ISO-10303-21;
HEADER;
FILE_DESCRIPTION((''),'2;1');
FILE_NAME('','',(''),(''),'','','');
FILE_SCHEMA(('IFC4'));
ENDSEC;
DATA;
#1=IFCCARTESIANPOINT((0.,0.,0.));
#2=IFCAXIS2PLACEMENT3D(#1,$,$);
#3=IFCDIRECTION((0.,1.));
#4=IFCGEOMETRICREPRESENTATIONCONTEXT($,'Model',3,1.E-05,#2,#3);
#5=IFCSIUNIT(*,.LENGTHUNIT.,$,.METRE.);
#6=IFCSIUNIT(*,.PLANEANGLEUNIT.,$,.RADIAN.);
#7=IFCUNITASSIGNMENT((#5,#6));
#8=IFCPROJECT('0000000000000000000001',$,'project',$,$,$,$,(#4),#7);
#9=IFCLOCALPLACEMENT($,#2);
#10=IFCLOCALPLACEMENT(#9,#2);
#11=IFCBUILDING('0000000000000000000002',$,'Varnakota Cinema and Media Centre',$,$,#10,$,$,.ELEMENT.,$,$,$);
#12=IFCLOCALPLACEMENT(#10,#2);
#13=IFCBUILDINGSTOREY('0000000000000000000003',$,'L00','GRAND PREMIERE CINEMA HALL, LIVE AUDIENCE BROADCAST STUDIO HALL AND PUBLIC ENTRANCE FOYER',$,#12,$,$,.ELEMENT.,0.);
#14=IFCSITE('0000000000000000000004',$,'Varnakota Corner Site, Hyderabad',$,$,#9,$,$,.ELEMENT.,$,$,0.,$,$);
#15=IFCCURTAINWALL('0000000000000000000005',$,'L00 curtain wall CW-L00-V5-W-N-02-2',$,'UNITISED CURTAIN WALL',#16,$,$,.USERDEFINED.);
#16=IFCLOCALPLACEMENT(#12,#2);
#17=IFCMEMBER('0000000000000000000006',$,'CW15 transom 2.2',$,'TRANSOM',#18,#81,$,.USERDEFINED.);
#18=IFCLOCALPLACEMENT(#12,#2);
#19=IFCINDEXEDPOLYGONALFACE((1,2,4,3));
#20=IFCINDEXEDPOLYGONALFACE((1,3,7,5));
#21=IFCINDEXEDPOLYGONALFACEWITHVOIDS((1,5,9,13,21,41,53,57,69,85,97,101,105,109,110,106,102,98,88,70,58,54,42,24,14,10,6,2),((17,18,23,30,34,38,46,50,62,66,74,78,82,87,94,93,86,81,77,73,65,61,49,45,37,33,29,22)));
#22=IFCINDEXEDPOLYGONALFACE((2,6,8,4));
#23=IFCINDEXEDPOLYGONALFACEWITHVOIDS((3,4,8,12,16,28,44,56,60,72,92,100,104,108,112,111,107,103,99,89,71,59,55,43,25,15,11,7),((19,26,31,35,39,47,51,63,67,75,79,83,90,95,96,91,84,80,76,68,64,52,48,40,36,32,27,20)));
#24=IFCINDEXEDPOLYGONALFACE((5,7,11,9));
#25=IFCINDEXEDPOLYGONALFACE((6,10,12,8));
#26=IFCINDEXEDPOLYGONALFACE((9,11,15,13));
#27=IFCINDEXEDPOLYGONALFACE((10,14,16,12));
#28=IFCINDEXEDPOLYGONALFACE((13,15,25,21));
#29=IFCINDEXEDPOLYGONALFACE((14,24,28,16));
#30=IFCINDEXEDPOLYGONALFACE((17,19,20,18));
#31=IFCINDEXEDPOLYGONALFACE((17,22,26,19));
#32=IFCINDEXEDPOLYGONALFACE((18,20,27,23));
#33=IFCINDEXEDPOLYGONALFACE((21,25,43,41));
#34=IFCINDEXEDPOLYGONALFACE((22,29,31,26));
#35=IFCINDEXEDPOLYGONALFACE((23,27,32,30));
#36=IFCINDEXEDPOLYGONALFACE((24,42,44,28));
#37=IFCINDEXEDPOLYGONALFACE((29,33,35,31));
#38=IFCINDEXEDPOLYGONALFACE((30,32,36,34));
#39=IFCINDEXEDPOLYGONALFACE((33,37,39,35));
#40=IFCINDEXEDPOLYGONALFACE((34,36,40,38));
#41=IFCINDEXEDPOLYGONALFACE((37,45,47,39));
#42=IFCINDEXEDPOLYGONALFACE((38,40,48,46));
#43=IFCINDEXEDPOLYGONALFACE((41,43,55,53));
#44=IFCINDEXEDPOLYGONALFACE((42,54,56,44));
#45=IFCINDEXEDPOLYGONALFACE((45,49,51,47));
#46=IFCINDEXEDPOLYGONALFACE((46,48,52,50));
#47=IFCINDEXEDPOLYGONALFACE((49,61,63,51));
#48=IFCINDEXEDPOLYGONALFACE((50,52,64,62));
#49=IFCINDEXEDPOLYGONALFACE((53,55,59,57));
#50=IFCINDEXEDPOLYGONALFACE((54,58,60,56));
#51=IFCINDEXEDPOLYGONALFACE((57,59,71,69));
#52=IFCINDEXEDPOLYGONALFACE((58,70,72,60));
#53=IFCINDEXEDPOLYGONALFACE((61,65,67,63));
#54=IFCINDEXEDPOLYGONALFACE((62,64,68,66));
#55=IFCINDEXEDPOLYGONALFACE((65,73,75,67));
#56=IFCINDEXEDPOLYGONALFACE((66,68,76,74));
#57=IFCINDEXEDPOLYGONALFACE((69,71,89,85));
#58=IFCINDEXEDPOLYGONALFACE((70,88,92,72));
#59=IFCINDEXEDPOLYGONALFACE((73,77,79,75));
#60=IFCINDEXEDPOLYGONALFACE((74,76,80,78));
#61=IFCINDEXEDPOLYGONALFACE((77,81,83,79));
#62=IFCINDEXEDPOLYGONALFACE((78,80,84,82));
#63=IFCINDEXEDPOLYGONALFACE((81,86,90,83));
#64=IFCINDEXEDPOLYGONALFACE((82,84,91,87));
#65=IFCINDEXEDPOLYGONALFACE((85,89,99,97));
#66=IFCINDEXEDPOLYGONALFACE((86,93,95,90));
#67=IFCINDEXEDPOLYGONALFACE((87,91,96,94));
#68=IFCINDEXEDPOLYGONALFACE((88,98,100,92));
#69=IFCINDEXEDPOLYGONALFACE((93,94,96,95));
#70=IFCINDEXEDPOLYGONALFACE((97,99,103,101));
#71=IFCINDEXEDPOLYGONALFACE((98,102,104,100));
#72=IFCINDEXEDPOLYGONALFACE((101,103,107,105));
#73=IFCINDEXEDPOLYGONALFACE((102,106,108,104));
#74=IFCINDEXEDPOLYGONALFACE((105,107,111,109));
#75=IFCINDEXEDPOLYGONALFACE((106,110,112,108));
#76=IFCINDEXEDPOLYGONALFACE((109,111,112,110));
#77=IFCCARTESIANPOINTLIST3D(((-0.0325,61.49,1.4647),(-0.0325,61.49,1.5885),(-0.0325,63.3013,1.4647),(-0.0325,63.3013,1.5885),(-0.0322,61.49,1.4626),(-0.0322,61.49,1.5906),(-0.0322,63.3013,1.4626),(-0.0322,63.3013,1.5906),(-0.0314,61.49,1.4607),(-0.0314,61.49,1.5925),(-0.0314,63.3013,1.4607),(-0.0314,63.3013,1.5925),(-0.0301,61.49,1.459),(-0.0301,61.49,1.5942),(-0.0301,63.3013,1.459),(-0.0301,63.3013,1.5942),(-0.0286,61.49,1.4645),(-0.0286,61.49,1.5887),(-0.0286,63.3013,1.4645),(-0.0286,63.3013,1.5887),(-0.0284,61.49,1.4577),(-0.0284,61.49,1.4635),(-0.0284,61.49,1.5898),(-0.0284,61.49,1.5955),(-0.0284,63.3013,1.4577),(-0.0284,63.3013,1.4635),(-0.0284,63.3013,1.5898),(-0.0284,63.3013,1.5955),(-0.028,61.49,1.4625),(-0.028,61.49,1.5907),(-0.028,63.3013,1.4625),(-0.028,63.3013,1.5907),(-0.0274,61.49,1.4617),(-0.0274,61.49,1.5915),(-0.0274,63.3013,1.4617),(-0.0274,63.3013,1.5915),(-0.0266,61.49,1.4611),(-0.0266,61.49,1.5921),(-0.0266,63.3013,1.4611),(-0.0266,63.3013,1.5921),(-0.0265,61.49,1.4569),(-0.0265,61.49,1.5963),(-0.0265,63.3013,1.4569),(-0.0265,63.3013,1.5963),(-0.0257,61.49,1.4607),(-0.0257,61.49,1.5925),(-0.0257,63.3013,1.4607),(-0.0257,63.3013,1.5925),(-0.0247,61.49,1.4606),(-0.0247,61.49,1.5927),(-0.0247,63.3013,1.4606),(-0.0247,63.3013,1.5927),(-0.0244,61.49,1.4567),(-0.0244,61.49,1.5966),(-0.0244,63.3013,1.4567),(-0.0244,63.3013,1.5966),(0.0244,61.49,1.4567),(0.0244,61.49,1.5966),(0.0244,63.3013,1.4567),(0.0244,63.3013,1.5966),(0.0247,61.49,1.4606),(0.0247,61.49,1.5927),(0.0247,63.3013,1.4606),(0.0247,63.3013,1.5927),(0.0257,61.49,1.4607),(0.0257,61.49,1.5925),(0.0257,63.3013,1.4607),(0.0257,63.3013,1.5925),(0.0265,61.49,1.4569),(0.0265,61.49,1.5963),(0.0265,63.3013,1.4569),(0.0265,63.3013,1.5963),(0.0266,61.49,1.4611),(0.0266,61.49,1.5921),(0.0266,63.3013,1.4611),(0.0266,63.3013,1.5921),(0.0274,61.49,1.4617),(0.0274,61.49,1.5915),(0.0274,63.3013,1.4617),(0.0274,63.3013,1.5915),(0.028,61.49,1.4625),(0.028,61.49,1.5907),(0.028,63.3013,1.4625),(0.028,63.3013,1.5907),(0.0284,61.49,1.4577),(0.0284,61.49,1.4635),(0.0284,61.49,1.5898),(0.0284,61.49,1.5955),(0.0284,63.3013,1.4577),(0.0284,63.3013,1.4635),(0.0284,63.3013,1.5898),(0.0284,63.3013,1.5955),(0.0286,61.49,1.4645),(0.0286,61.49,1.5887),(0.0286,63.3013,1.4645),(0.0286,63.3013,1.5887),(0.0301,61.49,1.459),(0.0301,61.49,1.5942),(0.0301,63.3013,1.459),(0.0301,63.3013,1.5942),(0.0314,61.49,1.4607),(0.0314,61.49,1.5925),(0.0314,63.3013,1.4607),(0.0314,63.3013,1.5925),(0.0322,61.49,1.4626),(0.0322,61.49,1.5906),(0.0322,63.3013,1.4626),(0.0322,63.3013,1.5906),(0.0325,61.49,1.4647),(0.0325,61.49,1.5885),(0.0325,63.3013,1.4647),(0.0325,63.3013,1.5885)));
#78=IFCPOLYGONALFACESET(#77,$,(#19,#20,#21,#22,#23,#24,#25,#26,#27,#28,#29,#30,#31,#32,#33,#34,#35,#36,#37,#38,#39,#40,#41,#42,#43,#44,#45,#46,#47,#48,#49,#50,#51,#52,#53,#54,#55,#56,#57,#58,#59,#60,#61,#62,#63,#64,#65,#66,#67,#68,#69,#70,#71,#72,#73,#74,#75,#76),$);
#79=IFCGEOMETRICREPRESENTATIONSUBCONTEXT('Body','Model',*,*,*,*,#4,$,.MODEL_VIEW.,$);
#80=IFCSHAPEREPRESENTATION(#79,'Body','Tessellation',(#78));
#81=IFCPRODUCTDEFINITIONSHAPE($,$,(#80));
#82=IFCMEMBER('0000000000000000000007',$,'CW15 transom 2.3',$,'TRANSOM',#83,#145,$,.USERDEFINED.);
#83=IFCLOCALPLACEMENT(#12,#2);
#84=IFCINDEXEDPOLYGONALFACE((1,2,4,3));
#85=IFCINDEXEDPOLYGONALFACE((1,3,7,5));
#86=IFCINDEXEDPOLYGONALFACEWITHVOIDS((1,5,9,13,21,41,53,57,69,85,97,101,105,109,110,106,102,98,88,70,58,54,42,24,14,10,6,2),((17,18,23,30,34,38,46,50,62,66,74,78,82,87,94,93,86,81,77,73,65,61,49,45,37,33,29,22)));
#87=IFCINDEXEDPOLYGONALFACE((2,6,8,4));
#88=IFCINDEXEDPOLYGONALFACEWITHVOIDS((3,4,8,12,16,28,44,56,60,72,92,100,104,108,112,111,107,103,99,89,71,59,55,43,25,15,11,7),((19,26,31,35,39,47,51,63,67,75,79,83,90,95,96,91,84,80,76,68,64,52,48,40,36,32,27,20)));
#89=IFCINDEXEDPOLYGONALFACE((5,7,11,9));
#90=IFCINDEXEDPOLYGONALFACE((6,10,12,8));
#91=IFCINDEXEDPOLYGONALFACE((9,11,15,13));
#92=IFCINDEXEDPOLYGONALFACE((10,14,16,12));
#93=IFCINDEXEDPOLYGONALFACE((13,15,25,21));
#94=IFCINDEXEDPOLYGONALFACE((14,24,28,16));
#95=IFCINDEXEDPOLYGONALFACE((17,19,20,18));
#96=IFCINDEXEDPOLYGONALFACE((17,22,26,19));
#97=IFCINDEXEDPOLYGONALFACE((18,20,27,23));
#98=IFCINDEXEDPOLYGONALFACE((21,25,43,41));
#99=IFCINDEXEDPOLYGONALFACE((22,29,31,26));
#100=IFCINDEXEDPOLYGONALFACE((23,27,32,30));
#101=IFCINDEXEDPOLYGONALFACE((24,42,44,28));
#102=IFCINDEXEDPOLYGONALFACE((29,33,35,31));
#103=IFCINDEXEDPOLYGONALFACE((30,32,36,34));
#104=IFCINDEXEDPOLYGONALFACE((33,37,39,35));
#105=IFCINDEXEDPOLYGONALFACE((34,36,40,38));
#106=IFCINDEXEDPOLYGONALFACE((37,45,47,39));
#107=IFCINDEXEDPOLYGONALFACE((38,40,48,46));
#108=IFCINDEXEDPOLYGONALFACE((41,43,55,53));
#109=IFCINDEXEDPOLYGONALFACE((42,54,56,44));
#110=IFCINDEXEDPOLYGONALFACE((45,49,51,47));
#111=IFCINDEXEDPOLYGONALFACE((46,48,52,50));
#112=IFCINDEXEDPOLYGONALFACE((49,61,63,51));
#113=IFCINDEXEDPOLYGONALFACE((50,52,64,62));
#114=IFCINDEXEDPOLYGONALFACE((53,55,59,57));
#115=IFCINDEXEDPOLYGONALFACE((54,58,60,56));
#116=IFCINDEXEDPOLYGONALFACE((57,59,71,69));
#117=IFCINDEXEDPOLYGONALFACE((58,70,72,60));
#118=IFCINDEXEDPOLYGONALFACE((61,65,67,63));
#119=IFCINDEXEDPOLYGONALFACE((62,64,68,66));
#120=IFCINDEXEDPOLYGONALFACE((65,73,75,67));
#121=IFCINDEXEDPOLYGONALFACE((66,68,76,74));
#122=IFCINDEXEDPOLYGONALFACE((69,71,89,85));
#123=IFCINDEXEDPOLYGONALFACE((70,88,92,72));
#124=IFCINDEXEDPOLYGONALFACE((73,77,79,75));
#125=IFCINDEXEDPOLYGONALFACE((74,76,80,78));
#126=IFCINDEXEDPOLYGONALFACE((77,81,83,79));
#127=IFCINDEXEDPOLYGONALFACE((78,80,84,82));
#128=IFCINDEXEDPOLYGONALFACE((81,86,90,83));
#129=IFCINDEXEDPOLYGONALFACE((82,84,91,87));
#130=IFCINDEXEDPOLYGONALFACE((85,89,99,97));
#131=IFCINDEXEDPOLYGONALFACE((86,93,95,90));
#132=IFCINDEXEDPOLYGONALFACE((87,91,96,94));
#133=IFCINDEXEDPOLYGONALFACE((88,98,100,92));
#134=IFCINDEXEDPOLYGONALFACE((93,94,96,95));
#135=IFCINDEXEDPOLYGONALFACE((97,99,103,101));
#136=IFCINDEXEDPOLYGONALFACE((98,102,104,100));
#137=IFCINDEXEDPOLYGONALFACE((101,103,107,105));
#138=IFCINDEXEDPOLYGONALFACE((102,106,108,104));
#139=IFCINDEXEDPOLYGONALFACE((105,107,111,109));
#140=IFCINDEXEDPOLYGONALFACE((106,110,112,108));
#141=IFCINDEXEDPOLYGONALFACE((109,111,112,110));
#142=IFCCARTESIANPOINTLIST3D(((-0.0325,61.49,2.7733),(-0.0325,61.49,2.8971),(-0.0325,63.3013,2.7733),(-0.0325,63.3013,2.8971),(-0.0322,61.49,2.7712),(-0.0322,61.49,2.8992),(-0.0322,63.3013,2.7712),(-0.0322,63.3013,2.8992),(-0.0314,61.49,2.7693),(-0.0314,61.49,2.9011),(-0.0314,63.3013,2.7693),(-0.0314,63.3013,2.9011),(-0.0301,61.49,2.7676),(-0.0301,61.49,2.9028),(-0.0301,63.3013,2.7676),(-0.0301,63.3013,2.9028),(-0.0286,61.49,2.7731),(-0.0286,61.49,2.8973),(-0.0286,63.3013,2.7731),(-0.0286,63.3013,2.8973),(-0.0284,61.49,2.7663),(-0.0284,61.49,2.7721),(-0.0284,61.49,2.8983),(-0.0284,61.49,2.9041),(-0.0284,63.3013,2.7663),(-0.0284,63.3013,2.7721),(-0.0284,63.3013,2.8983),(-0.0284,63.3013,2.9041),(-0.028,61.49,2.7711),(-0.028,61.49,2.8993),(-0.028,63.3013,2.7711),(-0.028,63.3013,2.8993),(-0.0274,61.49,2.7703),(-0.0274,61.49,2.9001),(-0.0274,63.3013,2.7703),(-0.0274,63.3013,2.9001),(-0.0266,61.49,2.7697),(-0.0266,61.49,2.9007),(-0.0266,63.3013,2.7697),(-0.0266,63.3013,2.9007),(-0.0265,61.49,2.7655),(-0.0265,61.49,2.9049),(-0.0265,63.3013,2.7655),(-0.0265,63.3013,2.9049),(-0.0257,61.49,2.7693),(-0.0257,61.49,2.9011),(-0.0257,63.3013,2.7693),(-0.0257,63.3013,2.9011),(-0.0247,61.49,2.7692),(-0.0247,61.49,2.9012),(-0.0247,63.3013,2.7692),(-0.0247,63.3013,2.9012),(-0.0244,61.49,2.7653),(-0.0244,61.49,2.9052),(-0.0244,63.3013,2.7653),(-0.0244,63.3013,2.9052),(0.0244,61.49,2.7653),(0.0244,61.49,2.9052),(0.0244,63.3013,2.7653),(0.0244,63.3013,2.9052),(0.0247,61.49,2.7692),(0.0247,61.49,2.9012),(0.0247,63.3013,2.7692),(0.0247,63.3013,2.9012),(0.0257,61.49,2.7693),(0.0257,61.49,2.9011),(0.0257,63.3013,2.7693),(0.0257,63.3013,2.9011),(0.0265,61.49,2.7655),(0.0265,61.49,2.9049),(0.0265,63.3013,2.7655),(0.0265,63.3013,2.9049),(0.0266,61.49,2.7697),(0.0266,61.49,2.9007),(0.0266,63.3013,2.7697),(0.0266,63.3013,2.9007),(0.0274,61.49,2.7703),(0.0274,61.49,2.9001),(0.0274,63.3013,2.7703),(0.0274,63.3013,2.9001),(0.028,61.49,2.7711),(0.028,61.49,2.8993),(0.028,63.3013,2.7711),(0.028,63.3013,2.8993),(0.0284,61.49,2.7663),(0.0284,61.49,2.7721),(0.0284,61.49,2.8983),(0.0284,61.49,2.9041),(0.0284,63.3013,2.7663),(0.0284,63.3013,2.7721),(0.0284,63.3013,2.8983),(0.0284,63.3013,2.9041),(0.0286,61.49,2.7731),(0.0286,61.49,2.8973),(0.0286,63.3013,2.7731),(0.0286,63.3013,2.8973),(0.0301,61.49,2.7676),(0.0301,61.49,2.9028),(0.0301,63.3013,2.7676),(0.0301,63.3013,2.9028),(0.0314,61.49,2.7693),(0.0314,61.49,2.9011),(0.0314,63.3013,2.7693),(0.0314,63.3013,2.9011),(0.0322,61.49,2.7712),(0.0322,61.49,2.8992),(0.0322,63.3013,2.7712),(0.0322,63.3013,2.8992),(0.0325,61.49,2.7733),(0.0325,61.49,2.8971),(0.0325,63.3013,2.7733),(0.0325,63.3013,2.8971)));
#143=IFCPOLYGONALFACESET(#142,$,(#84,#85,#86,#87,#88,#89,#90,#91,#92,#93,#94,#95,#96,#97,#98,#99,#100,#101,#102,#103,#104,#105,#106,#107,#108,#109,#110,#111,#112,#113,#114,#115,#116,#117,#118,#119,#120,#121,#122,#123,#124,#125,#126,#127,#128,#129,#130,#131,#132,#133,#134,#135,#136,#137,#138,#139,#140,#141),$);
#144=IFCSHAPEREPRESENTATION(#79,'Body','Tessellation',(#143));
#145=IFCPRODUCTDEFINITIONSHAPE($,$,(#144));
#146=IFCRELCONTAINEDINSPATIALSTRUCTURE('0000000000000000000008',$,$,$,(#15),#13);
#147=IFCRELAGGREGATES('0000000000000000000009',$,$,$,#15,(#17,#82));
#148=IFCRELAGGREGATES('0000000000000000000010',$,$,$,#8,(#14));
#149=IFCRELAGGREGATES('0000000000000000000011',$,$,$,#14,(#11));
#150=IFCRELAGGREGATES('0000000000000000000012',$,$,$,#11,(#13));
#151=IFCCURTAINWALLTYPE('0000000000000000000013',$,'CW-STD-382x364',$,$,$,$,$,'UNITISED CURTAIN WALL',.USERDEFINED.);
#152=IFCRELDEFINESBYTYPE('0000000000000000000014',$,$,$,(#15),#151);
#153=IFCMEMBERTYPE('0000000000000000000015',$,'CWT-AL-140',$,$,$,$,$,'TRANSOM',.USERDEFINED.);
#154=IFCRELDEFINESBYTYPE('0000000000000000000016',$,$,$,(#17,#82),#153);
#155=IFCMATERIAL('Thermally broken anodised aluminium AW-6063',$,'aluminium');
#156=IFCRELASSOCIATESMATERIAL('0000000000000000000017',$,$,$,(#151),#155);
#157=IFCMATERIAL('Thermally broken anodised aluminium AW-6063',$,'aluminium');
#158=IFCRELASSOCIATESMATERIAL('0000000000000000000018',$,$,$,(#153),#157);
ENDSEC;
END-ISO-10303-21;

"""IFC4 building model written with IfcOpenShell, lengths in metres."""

from ifc_helpers import new_model, si_unit, direction, frame, origin, origin_2d, place, context, subcontext, project, spatial, hollow_rectangle, extrude, material, material_profile, profile_set, type_object, element, aggregate, save


model = new_model("IFC4")

# Units and contexts
model_context = context("Model", 3, precision=1e-05, world=origin(), true_north=direction((0.0, 1.0)))
body_context = subcontext(model_context, "Body", "Model", "MODEL_VIEW")
ifc_project = project(units=[si_unit("LENGTHUNIT", "METRE"), si_unit("PLANEANGLEUNIT", "RADIAN")], contexts=[model_context])

# Site, building, storey
site_placement = place(None, origin())
site = spatial("IfcSite", under=ifc_project, at=site_placement, Name="Varnakota Corner Site, Hyderabad", CompositionType="ELEMENT", RefElevation=0.0)
building_placement = place(site_placement, origin())
building = spatial("IfcBuilding", under=site, at=building_placement, Name="Varnakota Cinema and Media Centre", CompositionType="ELEMENT")
storey_placement = place(building_placement, origin())
storey = spatial("IfcBuildingStorey", under=building, at=storey_placement, Name="L00", Description="GRAND PREMIERE CINEMA HALL, LIVE AUDIENCE BROADCAST STUDIO HALL AND PUBLIC ENTRANCE FOYER", CompositionType="ELEMENT", Elevation=0.0)

# Curtain wall, members
ifc_material_1 = material(Name="Thermally broken anodised aluminium AW-6063", Category="aluminium")
curtain_wall_type = type_object("IfcCurtainWallType", Name="CW-STD-382x364", ElementType="UNITISED CURTAIN WALL", PredefinedType="USERDEFINED", material=ifc_material_1)
curtain_wall_placement = place(storey_placement, origin())
curtain_wall = element("IfcCurtainWall", 1, at=curtain_wall_placement, inside=storey, type_object=curtain_wall_type, Name="L00 curtain wall CW-L00-V5-W-N-02-2", ObjectType="UNITISED CURTAIN WALL", PredefinedType="USERDEFINED")
ifc_material_2 = material(Name="Thermally broken anodised aluminium AW-6063", Category="aluminium")
ifc_material_profile_1 = material_profile(ifc_material_2, hollow_rectangle(XDim=0.0649, YDim=0.1399, WallThickness=0.0039, InnerFilletRadius=0.0039, OuterFilletRadius=0.0081, at=origin_2d()), Name="AL-TRANSOM 140x65x4")
ifc_profile_set_1 = profile_set([ifc_material_profile_1], Name="Thermally broken anodised aluminium AW-6063")
member_type_1 = type_object("IfcMemberType", Name="CWT-AL-140", ElementType="TRANSOM", PredefinedType="USERDEFINED", material=ifc_profile_set_1)
member_1_placement = place(storey_placement, frame((0.0, 63.3013, 1.5266), z_axis=(0.0, -1.0, 0.0), x_axis=(1.0, 0.0, 0.0)))
member_1 = element("IfcMember", 2, at=member_1_placement, type_object=member_type_1, Name="CW15 transom 2.2", ObjectType="TRANSOM", PredefinedType="USERDEFINED", context=body_context, shape_type="SweptSolid", body=[
    extrude(hollow_rectangle(XDim=0.0649, YDim=0.1399, WallThickness=0.0039, InnerFilletRadius=0.0039, OuterFilletRadius=0.0081, at=origin_2d()), origin(), (0.0, 0.0, 1.0), 1.8113),
])
member_2_placement = place(storey_placement, frame((0.0, 63.3013, 2.8352), z_axis=(0.0, -1.0, 0.0), x_axis=(1.0, 0.0, 0.0)))
member_2 = element("IfcMember", 3, at=member_2_placement, type_object=member_type_1, Name="CW15 transom 2.3", ObjectType="TRANSOM", PredefinedType="USERDEFINED", context=body_context, shape_type="SweptSolid", body=[
    extrude(hollow_rectangle(XDim=0.0649, YDim=0.1399, WallThickness=0.0039, InnerFilletRadius=0.0039, OuterFilletRadius=0.0081, at=origin_2d()), origin(), (0.0, 0.0, 1.0), 1.8113),
])
aggregate(curtain_wall, [member_1, member_2])

save(model, "model.ifc")
